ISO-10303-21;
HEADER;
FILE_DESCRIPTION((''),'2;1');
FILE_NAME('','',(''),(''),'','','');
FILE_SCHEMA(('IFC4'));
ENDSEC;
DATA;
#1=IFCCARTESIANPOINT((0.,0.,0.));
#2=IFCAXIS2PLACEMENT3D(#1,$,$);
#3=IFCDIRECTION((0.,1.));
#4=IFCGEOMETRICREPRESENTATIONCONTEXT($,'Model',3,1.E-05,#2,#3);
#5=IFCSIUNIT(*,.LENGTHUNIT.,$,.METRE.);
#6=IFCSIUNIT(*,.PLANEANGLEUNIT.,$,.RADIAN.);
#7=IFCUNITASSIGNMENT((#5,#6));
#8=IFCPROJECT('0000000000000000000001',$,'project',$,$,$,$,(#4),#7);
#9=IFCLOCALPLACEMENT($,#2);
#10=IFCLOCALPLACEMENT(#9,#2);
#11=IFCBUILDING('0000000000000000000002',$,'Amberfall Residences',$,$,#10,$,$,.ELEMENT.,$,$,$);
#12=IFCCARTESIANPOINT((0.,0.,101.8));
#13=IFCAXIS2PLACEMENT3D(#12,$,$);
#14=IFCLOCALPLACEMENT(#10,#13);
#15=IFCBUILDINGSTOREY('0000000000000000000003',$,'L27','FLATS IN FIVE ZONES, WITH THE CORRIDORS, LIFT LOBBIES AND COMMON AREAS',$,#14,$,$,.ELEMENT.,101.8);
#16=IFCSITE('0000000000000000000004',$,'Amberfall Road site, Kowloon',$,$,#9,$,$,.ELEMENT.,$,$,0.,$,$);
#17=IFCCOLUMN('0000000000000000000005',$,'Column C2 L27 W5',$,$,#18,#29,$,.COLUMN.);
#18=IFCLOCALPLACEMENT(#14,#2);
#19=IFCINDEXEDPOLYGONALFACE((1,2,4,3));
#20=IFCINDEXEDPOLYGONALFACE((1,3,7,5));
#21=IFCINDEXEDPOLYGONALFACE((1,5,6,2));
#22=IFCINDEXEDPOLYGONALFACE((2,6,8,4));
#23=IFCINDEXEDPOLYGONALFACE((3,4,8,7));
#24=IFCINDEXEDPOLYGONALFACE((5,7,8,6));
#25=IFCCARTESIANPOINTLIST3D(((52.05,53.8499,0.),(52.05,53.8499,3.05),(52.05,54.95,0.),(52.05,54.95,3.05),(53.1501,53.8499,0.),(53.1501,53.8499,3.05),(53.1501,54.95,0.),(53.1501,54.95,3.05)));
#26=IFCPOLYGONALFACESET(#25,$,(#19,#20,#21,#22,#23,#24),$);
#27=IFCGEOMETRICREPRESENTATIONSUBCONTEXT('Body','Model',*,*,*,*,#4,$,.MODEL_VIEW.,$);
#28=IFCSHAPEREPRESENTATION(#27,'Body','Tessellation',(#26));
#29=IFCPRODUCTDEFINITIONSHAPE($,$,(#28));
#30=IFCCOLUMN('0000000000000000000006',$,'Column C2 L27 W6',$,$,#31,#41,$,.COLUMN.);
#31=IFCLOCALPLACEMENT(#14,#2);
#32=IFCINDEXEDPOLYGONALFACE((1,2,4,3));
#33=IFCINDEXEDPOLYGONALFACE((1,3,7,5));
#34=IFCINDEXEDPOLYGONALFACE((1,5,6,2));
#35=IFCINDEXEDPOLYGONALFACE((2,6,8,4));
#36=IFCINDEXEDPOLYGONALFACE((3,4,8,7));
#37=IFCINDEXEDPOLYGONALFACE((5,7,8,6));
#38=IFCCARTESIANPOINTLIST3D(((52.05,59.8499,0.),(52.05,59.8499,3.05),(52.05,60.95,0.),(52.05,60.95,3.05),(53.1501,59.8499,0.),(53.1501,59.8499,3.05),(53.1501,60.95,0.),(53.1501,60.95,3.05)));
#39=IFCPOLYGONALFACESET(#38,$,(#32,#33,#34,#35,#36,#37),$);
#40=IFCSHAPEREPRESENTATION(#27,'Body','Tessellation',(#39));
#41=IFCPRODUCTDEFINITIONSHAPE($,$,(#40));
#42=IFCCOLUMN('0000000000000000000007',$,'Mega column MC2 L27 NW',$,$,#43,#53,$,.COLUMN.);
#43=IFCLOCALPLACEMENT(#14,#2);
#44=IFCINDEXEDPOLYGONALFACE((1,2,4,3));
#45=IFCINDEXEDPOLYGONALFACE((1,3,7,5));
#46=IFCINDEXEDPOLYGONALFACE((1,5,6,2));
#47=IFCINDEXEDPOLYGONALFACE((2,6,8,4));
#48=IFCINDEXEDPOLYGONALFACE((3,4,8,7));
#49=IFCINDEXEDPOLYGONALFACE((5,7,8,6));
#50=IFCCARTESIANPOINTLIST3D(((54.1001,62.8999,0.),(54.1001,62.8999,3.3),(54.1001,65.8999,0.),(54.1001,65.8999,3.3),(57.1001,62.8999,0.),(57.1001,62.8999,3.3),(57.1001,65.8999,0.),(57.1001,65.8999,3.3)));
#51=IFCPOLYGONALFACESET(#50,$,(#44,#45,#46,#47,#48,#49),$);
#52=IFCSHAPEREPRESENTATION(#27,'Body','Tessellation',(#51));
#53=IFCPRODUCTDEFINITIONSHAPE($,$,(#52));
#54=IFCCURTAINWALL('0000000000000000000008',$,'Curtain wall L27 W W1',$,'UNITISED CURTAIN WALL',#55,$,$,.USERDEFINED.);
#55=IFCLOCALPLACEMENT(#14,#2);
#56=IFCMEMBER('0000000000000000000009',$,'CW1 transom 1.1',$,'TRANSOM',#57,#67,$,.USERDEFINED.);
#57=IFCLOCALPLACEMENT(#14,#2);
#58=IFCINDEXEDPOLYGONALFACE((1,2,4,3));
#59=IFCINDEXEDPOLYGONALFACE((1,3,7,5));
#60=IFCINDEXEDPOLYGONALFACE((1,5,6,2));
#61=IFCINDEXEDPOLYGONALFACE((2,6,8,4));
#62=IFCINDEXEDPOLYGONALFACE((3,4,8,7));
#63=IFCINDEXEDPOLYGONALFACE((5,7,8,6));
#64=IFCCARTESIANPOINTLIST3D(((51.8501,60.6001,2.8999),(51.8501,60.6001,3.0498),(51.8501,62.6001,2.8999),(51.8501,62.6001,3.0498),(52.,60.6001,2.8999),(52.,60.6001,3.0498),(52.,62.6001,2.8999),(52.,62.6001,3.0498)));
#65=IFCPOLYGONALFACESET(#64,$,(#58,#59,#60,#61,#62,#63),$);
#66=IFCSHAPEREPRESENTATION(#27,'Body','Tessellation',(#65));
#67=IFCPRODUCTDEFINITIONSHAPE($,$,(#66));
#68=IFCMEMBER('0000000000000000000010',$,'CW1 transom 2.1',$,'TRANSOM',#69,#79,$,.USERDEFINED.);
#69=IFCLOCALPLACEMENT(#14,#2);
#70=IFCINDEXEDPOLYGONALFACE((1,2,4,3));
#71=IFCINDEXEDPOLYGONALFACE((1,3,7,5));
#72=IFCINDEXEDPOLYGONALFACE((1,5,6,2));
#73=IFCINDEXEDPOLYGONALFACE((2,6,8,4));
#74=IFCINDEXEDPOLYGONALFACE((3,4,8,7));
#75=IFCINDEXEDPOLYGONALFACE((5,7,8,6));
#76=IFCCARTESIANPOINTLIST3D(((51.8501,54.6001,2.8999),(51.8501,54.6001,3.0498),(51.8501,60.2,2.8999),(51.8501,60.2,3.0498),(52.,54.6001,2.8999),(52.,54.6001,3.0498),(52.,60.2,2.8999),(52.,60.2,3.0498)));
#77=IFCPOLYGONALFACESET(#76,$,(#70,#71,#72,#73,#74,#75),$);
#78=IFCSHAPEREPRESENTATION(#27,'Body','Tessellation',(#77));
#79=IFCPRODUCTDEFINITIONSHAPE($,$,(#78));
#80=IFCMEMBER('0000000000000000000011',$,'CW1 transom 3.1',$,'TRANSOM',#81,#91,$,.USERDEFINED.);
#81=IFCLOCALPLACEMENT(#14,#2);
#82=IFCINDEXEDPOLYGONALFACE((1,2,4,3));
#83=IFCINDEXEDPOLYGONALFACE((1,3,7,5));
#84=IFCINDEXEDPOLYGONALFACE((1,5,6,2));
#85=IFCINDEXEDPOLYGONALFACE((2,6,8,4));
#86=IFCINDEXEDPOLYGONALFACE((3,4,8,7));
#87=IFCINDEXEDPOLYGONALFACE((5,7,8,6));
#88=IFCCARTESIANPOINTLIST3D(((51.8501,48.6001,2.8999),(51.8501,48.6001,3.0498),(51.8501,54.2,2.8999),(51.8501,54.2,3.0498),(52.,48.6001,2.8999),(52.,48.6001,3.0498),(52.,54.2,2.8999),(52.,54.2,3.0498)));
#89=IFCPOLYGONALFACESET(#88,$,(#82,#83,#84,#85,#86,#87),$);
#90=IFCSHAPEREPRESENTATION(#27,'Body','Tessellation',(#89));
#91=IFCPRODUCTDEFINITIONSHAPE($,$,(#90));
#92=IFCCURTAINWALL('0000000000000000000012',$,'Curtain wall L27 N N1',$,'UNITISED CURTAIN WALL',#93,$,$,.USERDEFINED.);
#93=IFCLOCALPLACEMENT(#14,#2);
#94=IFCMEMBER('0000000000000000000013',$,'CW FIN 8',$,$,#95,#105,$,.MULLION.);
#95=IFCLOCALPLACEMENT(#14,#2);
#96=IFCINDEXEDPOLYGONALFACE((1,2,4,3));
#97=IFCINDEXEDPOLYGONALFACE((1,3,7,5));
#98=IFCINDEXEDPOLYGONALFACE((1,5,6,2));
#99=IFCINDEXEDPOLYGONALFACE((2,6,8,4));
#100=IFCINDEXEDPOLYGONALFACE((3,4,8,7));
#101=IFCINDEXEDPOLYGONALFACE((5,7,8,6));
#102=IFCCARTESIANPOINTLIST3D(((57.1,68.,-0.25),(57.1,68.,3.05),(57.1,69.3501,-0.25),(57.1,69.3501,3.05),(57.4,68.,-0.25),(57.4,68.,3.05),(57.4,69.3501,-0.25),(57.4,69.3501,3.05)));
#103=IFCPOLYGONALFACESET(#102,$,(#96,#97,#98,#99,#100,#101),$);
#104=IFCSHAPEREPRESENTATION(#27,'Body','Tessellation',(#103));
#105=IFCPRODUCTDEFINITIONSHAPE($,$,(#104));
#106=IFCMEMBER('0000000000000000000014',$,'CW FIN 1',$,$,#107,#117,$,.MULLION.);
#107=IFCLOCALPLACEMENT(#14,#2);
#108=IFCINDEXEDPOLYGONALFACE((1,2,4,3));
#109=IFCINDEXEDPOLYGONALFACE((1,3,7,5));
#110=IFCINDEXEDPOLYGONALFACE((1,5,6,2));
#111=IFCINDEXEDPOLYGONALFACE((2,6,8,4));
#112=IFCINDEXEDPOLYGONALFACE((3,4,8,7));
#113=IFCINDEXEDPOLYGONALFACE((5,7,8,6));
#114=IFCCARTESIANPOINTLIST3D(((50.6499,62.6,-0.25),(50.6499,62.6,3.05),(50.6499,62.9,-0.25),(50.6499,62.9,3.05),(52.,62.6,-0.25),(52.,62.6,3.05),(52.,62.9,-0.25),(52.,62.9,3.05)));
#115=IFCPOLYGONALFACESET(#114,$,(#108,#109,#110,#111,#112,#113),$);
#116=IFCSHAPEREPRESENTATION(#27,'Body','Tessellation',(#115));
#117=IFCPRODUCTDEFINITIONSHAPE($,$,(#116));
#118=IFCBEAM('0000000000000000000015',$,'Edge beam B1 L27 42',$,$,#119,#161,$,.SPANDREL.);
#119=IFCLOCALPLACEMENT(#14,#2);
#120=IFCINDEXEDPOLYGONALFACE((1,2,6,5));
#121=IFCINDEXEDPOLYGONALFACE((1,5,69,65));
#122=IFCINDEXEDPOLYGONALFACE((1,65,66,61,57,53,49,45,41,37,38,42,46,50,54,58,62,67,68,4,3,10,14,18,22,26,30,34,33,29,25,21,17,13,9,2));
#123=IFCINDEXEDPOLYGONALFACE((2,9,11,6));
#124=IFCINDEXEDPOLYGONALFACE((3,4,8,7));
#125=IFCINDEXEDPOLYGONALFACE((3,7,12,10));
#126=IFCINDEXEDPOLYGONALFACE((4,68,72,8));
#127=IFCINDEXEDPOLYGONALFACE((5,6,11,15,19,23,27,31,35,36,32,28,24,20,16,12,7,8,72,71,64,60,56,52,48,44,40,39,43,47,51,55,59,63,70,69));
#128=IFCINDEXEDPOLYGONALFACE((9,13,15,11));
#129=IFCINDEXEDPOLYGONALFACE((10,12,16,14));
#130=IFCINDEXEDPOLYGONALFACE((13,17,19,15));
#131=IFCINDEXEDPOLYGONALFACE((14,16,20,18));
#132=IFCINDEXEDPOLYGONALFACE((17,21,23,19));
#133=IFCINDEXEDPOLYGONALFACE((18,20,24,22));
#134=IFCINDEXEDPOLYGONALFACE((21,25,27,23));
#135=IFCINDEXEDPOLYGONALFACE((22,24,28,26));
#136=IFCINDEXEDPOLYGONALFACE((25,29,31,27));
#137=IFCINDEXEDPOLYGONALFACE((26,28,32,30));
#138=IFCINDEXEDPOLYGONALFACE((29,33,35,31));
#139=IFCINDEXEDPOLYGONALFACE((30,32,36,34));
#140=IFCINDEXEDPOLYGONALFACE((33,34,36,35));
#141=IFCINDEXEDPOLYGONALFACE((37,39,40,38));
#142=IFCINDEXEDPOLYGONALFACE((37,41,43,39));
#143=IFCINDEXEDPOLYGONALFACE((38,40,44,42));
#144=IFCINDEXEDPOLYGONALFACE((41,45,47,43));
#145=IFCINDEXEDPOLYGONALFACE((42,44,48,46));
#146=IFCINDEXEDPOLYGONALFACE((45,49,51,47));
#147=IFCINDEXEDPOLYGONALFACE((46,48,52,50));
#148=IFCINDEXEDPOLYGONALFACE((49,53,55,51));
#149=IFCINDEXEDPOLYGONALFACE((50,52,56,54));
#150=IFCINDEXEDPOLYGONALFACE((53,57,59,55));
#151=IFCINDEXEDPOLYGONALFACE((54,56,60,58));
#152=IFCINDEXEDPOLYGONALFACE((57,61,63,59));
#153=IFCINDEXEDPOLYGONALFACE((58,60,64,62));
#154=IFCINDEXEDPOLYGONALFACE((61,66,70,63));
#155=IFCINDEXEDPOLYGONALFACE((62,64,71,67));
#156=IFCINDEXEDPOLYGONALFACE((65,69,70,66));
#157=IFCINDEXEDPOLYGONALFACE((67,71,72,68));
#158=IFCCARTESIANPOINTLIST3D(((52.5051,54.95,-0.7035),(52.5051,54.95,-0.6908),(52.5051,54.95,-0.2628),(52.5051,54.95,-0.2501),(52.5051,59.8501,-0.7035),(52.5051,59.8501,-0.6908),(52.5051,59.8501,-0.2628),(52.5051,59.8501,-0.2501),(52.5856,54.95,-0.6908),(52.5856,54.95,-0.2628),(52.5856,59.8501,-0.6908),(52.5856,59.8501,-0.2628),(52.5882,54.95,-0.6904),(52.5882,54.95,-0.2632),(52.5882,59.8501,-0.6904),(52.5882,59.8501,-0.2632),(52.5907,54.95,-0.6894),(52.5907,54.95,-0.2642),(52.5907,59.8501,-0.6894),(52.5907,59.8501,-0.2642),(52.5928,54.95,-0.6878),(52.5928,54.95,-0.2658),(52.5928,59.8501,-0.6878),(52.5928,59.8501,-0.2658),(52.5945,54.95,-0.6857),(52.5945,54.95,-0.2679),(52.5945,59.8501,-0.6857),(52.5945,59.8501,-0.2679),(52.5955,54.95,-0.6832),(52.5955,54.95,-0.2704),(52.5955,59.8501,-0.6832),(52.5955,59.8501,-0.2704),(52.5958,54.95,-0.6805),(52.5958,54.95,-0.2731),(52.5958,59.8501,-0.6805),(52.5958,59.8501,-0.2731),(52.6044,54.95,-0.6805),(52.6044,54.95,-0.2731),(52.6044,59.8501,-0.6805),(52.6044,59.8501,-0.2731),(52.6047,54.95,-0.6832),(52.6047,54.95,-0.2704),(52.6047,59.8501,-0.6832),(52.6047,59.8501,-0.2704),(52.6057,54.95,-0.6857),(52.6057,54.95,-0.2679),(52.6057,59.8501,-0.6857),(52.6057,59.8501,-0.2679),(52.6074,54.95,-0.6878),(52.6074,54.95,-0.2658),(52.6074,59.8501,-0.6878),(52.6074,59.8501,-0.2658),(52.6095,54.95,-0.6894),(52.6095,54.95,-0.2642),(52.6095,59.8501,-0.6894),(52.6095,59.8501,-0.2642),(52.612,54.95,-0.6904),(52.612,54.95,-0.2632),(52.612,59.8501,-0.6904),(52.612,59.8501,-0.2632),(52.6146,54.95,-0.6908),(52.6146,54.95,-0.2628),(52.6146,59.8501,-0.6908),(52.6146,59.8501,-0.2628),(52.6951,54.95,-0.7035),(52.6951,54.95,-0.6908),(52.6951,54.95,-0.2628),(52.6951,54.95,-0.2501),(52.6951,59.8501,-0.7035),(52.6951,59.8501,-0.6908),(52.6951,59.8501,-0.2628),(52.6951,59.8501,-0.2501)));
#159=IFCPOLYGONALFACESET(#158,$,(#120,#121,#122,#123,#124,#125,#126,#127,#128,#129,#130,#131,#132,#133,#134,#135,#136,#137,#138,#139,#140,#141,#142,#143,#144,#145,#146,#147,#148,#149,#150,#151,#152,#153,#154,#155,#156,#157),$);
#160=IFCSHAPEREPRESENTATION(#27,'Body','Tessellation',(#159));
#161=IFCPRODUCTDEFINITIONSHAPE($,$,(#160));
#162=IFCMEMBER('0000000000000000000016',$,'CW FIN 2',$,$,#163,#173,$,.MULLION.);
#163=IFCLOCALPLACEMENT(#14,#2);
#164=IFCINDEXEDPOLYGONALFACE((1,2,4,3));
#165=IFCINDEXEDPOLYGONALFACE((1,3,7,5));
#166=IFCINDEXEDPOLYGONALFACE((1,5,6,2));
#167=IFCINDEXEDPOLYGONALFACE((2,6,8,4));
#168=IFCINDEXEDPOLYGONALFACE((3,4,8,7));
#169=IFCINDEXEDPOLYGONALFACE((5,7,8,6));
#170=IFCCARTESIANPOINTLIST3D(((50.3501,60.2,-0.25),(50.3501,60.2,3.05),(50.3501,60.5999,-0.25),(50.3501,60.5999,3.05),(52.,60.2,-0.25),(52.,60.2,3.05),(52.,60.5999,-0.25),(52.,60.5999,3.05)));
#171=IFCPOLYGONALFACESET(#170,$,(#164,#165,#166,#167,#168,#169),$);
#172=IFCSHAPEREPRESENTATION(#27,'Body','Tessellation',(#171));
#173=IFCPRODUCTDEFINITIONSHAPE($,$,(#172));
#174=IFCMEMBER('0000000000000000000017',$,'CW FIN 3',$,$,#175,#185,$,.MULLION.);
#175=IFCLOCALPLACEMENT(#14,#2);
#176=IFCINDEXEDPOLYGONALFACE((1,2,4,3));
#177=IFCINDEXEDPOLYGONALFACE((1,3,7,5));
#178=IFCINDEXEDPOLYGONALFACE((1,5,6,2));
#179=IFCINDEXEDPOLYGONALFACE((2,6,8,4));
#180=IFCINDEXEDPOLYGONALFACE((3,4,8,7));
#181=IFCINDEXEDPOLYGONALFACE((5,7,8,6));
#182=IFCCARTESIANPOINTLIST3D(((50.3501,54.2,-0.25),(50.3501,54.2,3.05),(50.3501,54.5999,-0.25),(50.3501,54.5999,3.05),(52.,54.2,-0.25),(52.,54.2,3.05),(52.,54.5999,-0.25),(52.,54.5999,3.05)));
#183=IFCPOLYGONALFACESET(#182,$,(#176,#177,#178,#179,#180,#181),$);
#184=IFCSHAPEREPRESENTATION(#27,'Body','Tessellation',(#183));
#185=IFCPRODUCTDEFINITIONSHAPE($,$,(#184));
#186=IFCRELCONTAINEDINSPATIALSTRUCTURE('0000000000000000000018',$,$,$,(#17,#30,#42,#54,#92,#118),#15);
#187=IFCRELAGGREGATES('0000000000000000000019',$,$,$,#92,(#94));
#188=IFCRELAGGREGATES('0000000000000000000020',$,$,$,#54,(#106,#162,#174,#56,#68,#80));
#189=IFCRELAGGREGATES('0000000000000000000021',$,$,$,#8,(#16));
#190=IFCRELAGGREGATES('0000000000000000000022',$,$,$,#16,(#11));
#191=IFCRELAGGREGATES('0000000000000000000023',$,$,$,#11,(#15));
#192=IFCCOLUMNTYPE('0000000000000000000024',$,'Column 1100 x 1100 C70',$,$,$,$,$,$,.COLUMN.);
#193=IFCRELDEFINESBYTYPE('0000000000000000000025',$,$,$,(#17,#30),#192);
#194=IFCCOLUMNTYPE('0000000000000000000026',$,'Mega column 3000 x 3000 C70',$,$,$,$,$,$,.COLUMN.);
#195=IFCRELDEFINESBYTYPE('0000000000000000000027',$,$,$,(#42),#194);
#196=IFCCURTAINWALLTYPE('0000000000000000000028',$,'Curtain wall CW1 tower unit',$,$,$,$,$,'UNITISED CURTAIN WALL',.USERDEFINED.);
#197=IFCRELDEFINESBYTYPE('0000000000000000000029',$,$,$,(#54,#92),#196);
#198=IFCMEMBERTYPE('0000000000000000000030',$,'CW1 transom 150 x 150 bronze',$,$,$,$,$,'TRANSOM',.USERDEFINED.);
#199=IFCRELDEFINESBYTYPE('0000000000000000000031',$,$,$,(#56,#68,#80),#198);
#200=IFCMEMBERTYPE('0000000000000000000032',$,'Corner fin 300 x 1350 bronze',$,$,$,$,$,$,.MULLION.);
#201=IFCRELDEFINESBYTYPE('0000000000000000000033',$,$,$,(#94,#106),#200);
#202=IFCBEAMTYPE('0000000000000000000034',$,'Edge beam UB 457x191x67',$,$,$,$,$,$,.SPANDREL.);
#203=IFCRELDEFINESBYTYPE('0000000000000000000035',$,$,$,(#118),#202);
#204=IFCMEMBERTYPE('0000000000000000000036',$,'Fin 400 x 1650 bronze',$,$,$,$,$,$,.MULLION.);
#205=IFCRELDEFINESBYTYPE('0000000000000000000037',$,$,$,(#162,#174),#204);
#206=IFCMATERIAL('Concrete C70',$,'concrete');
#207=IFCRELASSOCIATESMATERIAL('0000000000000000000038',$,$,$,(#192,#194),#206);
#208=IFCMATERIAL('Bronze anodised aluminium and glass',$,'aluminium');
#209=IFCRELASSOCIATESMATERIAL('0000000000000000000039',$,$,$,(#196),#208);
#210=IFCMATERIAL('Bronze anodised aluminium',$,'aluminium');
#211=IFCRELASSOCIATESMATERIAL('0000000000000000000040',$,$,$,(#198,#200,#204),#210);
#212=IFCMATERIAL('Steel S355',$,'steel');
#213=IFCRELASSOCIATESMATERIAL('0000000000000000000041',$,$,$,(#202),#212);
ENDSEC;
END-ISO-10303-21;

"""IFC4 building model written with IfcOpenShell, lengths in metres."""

from ifc_helpers import new_model, si_unit, direction, frame, origin, origin_2d, place, context, subcontext, project, spatial, rectangle, i_section, extrude, material, material_profile, profile_set, type_object, element, aggregate, save


model = new_model("IFC4")

# Units and contexts
model_context = context("Model", 3, precision=1e-05, world=origin(), true_north=direction((0.0, 1.0)))
body_context = subcontext(model_context, "Body", "Model", "MODEL_VIEW")
ifc_project = project(units=[si_unit("LENGTHUNIT", "METRE"), si_unit("PLANEANGLEUNIT", "RADIAN")], contexts=[model_context])

# Site, building, storey
site_placement = place(None, origin())
site = spatial("IfcSite", under=ifc_project, at=site_placement, Name="Amberfall Road site, Kowloon", CompositionType="ELEMENT", RefElevation=0.0)
building_placement = place(site_placement, origin())
building = spatial("IfcBuilding", under=site, at=building_placement, Name="Amberfall Residences", CompositionType="ELEMENT")
storey_placement = place(building_placement, frame((0.0, 0.0, 101.8)))
storey = spatial("IfcBuildingStorey", under=building, at=storey_placement, Name="L27", Description="FLATS IN FIVE ZONES, WITH THE CORRIDORS, LIFT LOBBIES AND COMMON AREAS", CompositionType="ELEMENT", Elevation=101.8)

# Columns
ifc_material_1 = material(Name="Concrete C70", Category="concrete")
ifc_material_profile_1 = material_profile(ifc_material_1, rectangle(XDim=1.1001, YDim=1.1001, at=origin_2d()), Name="Column 1100 x 1100 C70")
ifc_profile_set_1 = profile_set([ifc_material_profile_1], Name="Concrete C70")
column_type_1 = type_object("IfcColumnType", Name="Column 1100 x 1100 C70", PredefinedType="COLUMN", material=ifc_profile_set_1)
for number, where, z_axis, x_axis, name in (
    (1, (52.6001, 54.3999, 0.0), (0.0, 0.0, 1.0), (1.0, 0.0, 0.0), "Column C2 L27 W5"),
    (2, (52.6001, 60.3999, 0.0), (0.0, 0.0, 1.0), (1.0, 0.0, 0.0), "Column C2 L27 W6"),
):
    element("IfcColumn", number, at=place(storey_placement, frame(where, z_axis=z_axis, x_axis=x_axis)), inside=storey, type_object=column_type_1, Name=name, PredefinedType="COLUMN", context=body_context, shape_type="SweptSolid", body=[
        extrude(rectangle(XDim=1.1001, YDim=1.1001, at=origin_2d()), origin(), (0.0, 0.0, 1.0), 3.05),
    ])
ifc_material_profile_2 = material_profile(ifc_material_1, rectangle(XDim=3.0, YDim=3.0, at=origin_2d()), Name="Mega column 3000 x 3000 C70")
ifc_profile_set_2 = profile_set([ifc_material_profile_2], Name="Concrete C70")
column_type_2 = type_object("IfcColumnType", Name="Mega column 3000 x 3000 C70", PredefinedType="COLUMN", material=ifc_profile_set_2)
column_placement = place(storey_placement, frame((55.6001, 64.3999, 0.0), z_axis=(0.0, 0.0, 1.0), x_axis=(1.0, 0.0, 0.0)))
element("IfcColumn", 3, at=column_placement, inside=storey, type_object=column_type_2, Name="Mega column MC2 L27 NW", PredefinedType="COLUMN", context=body_context, shape_type="SweptSolid", body=[
    extrude(rectangle(XDim=3.0, YDim=3.0, at=origin_2d()), origin(), (0.0, 0.0, 1.0), 3.3),
])

# Curtain wall, members
ifc_material_2 = material(Name="Bronze anodised aluminium and glass", Category="aluminium")
curtain_wall_type = type_object("IfcCurtainWallType", Name="Curtain wall CW1 tower unit", ElementType="UNITISED CURTAIN WALL", PredefinedType="USERDEFINED", material=ifc_material_2)
curtain_wall_1_placement = place(storey_placement, origin())
curtain_wall_1 = element("IfcCurtainWall", 4, at=curtain_wall_1_placement, inside=storey, type_object=curtain_wall_type, Name="Curtain wall L27 W W1", ObjectType="UNITISED CURTAIN WALL", PredefinedType="USERDEFINED")
ifc_material_3 = material(Name="Bronze anodised aluminium", Category="aluminium")
ifc_material_profile_3 = material_profile(ifc_material_3, rectangle(XDim=0.1499, YDim=0.1499, at=origin_2d()), Name="CW1 transom 150 x 150 bronze")
ifc_profile_set_3 = profile_set([ifc_material_profile_3], Name="Bronze anodised aluminium")
member_type_1 = type_object("IfcMemberType", Name="CW1 transom 150 x 150 bronze", ElementType="TRANSOM", PredefinedType="USERDEFINED", material=ifc_profile_set_3)
member_1_placement = place(storey_placement, frame((51.925, 62.6001, 2.9749), z_axis=(0.0, -1.0, 0.0), x_axis=(1.0, 0.0, 0.0)))
member_1 = element("IfcMember", 5, at=member_1_placement, type_object=member_type_1, Name="CW1 transom 1.1", ObjectType="TRANSOM", PredefinedType="USERDEFINED", context=body_context, shape_type="SweptSolid", body=[
    extrude(rectangle(XDim=0.1499, YDim=0.1499, at=origin_2d()), origin(), (0.0, 0.0, 1.0), 2.0),
])
member_2_placement = place(storey_placement, frame((51.925, 60.2, 2.9749), z_axis=(0.0, -1.0, 0.0), x_axis=(1.0, 0.0, 0.0)))
member_2 = element("IfcMember", 6, at=member_2_placement, type_object=member_type_1, Name="CW1 transom 2.1", ObjectType="TRANSOM", PredefinedType="USERDEFINED", context=body_context, shape_type="SweptSolid", body=[
    extrude(rectangle(XDim=0.1499, YDim=0.1499, at=origin_2d()), origin(), (0.0, 0.0, 1.0), 5.5999),
])
member_3_placement = place(storey_placement, frame((51.925, 54.2, 2.9749), z_axis=(0.0, -1.0, 0.0), x_axis=(1.0, 0.0, 0.0)))
member_3 = element("IfcMember", 7, at=member_3_placement, type_object=member_type_1, Name="CW1 transom 3.1", ObjectType="TRANSOM", PredefinedType="USERDEFINED", context=body_context, shape_type="SweptSolid", body=[
    extrude(rectangle(XDim=0.1499, YDim=0.1499, at=origin_2d()), origin(), (0.0, 0.0, 1.0), 5.5999),
])

# Curtain wall, member
curtain_wall_2_placement = place(storey_placement, origin())
curtain_wall_2 = element("IfcCurtainWall", 8, at=curtain_wall_2_placement, inside=storey, type_object=curtain_wall_type, Name="Curtain wall L27 N N1", ObjectType="UNITISED CURTAIN WALL", PredefinedType="USERDEFINED")
ifc_material_profile_4 = material_profile(ifc_material_3, rectangle(XDim=1.3501, YDim=0.3, at=origin_2d()), Name="Corner fin 300 x 1350 bronze")
ifc_profile_set_4 = profile_set([ifc_material_profile_4], Name="Bronze anodised aluminium")
member_type_2 = type_object("IfcMemberType", Name="Corner fin 300 x 1350 bronze", PredefinedType="MULLION", material=ifc_profile_set_4)
member_4_placement = place(storey_placement, frame((57.25, 68.675, -0.25), z_axis=(0.0, 0.0, 1.0), x_axis=(0.0, -1.0, 0.0)))
member_4 = element("IfcMember", 9, at=member_4_placement, type_object=member_type_2, Name="CW FIN 8", PredefinedType="MULLION", context=body_context, shape_type="SweptSolid", body=[
    extrude(rectangle(XDim=1.3501, YDim=0.3, at=origin_2d()), origin(), (0.0, 0.0, 1.0), 3.3),
])

# Member
member_5_placement = place(storey_placement, frame((51.325, 62.75, -0.25), z_axis=(0.0, 0.0, 1.0), x_axis=(1.0, 0.0, 0.0)))
member_5 = element("IfcMember", 10, at=member_5_placement, type_object=member_type_2, Name="CW FIN 1", PredefinedType="MULLION", context=body_context, shape_type="SweptSolid", body=[
    extrude(rectangle(XDim=1.3501, YDim=0.3, at=origin_2d()), origin(), (0.0, 0.0, 1.0), 3.3),
])

# Beam
ifc_material_4 = material(Name="Steel S355", Category="steel")
ifc_material_profile_5 = material_profile(ifc_material_4, i_section(OverallWidth=0.1899, OverallDepth=0.4534, WebThickness=0.0085, FlangeThickness=0.0127, FilletRadius=0.0103, at=origin_2d()), Name="UB 457x191x67")
ifc_profile_set_5 = profile_set([ifc_material_profile_5], Name="Steel S355")
beam_type_1 = type_object("IfcBeamType", Name="Edge beam UB 457x191x67", PredefinedType="SPANDREL", material=ifc_profile_set_5)
beam_1_placement = place(storey_placement, frame((52.6001, 54.95, -0.4768), z_axis=(0.0, 1.0, 0.0), x_axis=(-1.0, 0.0, 0.0)))
element("IfcBeam", 11, at=beam_1_placement, inside=storey, type_object=beam_type_1, Name="Edge beam B1 L27 42", PredefinedType="SPANDREL", context=body_context, shape_type="SweptSolid", body=[
    extrude(i_section(OverallWidth=0.1899, OverallDepth=0.4534, WebThickness=0.0085, FlangeThickness=0.0127, FilletRadius=0.0103, at=origin_2d()), origin(), (0.0, 0.0, 1.0), 4.9001),
])

# Members
ifc_material_profile_6 = material_profile(ifc_material_3, rectangle(XDim=1.6499, YDim=0.3999, at=origin_2d()), Name="Fin 400 x 1650 bronze")
ifc_profile_set_6 = profile_set([ifc_material_profile_6], Name="Bronze anodised aluminium")
member_type_3 = type_object("IfcMemberType", Name="Fin 400 x 1650 bronze", PredefinedType="MULLION", material=ifc_profile_set_6)
member_6_placement = place(storey_placement, frame((51.175, 60.3999, -0.25), z_axis=(0.0, 0.0, 1.0), x_axis=(1.0, 0.0, 0.0)))
member_6 = element("IfcMember", 12, at=member_6_placement, type_object=member_type_3, Name="CW FIN 2", PredefinedType="MULLION", context=body_context, shape_type="SweptSolid", body=[
    extrude(rectangle(XDim=1.6499, YDim=0.3999, at=origin_2d()), origin(), (0.0, 0.0, 1.0), 3.3),
])
member_7_placement = place(storey_placement, frame((51.175, 54.3999, -0.25), z_axis=(0.0, 0.0, 1.0), x_axis=(1.0, 0.0, 0.0)))
member_7 = element("IfcMember", 13, at=member_7_placement, type_object=member_type_3, Name="CW FIN 3", PredefinedType="MULLION", context=body_context, shape_type="SweptSolid", body=[
    extrude(rectangle(XDim=1.6499, YDim=0.3999, at=origin_2d()), origin(), (0.0, 0.0, 1.0), 3.3),
])

aggregate(curtain_wall_2, [member_4])
aggregate(curtain_wall_1, [member_5, member_6, member_7, member_1, member_2, member_3])

save(model, "model.ifc")
